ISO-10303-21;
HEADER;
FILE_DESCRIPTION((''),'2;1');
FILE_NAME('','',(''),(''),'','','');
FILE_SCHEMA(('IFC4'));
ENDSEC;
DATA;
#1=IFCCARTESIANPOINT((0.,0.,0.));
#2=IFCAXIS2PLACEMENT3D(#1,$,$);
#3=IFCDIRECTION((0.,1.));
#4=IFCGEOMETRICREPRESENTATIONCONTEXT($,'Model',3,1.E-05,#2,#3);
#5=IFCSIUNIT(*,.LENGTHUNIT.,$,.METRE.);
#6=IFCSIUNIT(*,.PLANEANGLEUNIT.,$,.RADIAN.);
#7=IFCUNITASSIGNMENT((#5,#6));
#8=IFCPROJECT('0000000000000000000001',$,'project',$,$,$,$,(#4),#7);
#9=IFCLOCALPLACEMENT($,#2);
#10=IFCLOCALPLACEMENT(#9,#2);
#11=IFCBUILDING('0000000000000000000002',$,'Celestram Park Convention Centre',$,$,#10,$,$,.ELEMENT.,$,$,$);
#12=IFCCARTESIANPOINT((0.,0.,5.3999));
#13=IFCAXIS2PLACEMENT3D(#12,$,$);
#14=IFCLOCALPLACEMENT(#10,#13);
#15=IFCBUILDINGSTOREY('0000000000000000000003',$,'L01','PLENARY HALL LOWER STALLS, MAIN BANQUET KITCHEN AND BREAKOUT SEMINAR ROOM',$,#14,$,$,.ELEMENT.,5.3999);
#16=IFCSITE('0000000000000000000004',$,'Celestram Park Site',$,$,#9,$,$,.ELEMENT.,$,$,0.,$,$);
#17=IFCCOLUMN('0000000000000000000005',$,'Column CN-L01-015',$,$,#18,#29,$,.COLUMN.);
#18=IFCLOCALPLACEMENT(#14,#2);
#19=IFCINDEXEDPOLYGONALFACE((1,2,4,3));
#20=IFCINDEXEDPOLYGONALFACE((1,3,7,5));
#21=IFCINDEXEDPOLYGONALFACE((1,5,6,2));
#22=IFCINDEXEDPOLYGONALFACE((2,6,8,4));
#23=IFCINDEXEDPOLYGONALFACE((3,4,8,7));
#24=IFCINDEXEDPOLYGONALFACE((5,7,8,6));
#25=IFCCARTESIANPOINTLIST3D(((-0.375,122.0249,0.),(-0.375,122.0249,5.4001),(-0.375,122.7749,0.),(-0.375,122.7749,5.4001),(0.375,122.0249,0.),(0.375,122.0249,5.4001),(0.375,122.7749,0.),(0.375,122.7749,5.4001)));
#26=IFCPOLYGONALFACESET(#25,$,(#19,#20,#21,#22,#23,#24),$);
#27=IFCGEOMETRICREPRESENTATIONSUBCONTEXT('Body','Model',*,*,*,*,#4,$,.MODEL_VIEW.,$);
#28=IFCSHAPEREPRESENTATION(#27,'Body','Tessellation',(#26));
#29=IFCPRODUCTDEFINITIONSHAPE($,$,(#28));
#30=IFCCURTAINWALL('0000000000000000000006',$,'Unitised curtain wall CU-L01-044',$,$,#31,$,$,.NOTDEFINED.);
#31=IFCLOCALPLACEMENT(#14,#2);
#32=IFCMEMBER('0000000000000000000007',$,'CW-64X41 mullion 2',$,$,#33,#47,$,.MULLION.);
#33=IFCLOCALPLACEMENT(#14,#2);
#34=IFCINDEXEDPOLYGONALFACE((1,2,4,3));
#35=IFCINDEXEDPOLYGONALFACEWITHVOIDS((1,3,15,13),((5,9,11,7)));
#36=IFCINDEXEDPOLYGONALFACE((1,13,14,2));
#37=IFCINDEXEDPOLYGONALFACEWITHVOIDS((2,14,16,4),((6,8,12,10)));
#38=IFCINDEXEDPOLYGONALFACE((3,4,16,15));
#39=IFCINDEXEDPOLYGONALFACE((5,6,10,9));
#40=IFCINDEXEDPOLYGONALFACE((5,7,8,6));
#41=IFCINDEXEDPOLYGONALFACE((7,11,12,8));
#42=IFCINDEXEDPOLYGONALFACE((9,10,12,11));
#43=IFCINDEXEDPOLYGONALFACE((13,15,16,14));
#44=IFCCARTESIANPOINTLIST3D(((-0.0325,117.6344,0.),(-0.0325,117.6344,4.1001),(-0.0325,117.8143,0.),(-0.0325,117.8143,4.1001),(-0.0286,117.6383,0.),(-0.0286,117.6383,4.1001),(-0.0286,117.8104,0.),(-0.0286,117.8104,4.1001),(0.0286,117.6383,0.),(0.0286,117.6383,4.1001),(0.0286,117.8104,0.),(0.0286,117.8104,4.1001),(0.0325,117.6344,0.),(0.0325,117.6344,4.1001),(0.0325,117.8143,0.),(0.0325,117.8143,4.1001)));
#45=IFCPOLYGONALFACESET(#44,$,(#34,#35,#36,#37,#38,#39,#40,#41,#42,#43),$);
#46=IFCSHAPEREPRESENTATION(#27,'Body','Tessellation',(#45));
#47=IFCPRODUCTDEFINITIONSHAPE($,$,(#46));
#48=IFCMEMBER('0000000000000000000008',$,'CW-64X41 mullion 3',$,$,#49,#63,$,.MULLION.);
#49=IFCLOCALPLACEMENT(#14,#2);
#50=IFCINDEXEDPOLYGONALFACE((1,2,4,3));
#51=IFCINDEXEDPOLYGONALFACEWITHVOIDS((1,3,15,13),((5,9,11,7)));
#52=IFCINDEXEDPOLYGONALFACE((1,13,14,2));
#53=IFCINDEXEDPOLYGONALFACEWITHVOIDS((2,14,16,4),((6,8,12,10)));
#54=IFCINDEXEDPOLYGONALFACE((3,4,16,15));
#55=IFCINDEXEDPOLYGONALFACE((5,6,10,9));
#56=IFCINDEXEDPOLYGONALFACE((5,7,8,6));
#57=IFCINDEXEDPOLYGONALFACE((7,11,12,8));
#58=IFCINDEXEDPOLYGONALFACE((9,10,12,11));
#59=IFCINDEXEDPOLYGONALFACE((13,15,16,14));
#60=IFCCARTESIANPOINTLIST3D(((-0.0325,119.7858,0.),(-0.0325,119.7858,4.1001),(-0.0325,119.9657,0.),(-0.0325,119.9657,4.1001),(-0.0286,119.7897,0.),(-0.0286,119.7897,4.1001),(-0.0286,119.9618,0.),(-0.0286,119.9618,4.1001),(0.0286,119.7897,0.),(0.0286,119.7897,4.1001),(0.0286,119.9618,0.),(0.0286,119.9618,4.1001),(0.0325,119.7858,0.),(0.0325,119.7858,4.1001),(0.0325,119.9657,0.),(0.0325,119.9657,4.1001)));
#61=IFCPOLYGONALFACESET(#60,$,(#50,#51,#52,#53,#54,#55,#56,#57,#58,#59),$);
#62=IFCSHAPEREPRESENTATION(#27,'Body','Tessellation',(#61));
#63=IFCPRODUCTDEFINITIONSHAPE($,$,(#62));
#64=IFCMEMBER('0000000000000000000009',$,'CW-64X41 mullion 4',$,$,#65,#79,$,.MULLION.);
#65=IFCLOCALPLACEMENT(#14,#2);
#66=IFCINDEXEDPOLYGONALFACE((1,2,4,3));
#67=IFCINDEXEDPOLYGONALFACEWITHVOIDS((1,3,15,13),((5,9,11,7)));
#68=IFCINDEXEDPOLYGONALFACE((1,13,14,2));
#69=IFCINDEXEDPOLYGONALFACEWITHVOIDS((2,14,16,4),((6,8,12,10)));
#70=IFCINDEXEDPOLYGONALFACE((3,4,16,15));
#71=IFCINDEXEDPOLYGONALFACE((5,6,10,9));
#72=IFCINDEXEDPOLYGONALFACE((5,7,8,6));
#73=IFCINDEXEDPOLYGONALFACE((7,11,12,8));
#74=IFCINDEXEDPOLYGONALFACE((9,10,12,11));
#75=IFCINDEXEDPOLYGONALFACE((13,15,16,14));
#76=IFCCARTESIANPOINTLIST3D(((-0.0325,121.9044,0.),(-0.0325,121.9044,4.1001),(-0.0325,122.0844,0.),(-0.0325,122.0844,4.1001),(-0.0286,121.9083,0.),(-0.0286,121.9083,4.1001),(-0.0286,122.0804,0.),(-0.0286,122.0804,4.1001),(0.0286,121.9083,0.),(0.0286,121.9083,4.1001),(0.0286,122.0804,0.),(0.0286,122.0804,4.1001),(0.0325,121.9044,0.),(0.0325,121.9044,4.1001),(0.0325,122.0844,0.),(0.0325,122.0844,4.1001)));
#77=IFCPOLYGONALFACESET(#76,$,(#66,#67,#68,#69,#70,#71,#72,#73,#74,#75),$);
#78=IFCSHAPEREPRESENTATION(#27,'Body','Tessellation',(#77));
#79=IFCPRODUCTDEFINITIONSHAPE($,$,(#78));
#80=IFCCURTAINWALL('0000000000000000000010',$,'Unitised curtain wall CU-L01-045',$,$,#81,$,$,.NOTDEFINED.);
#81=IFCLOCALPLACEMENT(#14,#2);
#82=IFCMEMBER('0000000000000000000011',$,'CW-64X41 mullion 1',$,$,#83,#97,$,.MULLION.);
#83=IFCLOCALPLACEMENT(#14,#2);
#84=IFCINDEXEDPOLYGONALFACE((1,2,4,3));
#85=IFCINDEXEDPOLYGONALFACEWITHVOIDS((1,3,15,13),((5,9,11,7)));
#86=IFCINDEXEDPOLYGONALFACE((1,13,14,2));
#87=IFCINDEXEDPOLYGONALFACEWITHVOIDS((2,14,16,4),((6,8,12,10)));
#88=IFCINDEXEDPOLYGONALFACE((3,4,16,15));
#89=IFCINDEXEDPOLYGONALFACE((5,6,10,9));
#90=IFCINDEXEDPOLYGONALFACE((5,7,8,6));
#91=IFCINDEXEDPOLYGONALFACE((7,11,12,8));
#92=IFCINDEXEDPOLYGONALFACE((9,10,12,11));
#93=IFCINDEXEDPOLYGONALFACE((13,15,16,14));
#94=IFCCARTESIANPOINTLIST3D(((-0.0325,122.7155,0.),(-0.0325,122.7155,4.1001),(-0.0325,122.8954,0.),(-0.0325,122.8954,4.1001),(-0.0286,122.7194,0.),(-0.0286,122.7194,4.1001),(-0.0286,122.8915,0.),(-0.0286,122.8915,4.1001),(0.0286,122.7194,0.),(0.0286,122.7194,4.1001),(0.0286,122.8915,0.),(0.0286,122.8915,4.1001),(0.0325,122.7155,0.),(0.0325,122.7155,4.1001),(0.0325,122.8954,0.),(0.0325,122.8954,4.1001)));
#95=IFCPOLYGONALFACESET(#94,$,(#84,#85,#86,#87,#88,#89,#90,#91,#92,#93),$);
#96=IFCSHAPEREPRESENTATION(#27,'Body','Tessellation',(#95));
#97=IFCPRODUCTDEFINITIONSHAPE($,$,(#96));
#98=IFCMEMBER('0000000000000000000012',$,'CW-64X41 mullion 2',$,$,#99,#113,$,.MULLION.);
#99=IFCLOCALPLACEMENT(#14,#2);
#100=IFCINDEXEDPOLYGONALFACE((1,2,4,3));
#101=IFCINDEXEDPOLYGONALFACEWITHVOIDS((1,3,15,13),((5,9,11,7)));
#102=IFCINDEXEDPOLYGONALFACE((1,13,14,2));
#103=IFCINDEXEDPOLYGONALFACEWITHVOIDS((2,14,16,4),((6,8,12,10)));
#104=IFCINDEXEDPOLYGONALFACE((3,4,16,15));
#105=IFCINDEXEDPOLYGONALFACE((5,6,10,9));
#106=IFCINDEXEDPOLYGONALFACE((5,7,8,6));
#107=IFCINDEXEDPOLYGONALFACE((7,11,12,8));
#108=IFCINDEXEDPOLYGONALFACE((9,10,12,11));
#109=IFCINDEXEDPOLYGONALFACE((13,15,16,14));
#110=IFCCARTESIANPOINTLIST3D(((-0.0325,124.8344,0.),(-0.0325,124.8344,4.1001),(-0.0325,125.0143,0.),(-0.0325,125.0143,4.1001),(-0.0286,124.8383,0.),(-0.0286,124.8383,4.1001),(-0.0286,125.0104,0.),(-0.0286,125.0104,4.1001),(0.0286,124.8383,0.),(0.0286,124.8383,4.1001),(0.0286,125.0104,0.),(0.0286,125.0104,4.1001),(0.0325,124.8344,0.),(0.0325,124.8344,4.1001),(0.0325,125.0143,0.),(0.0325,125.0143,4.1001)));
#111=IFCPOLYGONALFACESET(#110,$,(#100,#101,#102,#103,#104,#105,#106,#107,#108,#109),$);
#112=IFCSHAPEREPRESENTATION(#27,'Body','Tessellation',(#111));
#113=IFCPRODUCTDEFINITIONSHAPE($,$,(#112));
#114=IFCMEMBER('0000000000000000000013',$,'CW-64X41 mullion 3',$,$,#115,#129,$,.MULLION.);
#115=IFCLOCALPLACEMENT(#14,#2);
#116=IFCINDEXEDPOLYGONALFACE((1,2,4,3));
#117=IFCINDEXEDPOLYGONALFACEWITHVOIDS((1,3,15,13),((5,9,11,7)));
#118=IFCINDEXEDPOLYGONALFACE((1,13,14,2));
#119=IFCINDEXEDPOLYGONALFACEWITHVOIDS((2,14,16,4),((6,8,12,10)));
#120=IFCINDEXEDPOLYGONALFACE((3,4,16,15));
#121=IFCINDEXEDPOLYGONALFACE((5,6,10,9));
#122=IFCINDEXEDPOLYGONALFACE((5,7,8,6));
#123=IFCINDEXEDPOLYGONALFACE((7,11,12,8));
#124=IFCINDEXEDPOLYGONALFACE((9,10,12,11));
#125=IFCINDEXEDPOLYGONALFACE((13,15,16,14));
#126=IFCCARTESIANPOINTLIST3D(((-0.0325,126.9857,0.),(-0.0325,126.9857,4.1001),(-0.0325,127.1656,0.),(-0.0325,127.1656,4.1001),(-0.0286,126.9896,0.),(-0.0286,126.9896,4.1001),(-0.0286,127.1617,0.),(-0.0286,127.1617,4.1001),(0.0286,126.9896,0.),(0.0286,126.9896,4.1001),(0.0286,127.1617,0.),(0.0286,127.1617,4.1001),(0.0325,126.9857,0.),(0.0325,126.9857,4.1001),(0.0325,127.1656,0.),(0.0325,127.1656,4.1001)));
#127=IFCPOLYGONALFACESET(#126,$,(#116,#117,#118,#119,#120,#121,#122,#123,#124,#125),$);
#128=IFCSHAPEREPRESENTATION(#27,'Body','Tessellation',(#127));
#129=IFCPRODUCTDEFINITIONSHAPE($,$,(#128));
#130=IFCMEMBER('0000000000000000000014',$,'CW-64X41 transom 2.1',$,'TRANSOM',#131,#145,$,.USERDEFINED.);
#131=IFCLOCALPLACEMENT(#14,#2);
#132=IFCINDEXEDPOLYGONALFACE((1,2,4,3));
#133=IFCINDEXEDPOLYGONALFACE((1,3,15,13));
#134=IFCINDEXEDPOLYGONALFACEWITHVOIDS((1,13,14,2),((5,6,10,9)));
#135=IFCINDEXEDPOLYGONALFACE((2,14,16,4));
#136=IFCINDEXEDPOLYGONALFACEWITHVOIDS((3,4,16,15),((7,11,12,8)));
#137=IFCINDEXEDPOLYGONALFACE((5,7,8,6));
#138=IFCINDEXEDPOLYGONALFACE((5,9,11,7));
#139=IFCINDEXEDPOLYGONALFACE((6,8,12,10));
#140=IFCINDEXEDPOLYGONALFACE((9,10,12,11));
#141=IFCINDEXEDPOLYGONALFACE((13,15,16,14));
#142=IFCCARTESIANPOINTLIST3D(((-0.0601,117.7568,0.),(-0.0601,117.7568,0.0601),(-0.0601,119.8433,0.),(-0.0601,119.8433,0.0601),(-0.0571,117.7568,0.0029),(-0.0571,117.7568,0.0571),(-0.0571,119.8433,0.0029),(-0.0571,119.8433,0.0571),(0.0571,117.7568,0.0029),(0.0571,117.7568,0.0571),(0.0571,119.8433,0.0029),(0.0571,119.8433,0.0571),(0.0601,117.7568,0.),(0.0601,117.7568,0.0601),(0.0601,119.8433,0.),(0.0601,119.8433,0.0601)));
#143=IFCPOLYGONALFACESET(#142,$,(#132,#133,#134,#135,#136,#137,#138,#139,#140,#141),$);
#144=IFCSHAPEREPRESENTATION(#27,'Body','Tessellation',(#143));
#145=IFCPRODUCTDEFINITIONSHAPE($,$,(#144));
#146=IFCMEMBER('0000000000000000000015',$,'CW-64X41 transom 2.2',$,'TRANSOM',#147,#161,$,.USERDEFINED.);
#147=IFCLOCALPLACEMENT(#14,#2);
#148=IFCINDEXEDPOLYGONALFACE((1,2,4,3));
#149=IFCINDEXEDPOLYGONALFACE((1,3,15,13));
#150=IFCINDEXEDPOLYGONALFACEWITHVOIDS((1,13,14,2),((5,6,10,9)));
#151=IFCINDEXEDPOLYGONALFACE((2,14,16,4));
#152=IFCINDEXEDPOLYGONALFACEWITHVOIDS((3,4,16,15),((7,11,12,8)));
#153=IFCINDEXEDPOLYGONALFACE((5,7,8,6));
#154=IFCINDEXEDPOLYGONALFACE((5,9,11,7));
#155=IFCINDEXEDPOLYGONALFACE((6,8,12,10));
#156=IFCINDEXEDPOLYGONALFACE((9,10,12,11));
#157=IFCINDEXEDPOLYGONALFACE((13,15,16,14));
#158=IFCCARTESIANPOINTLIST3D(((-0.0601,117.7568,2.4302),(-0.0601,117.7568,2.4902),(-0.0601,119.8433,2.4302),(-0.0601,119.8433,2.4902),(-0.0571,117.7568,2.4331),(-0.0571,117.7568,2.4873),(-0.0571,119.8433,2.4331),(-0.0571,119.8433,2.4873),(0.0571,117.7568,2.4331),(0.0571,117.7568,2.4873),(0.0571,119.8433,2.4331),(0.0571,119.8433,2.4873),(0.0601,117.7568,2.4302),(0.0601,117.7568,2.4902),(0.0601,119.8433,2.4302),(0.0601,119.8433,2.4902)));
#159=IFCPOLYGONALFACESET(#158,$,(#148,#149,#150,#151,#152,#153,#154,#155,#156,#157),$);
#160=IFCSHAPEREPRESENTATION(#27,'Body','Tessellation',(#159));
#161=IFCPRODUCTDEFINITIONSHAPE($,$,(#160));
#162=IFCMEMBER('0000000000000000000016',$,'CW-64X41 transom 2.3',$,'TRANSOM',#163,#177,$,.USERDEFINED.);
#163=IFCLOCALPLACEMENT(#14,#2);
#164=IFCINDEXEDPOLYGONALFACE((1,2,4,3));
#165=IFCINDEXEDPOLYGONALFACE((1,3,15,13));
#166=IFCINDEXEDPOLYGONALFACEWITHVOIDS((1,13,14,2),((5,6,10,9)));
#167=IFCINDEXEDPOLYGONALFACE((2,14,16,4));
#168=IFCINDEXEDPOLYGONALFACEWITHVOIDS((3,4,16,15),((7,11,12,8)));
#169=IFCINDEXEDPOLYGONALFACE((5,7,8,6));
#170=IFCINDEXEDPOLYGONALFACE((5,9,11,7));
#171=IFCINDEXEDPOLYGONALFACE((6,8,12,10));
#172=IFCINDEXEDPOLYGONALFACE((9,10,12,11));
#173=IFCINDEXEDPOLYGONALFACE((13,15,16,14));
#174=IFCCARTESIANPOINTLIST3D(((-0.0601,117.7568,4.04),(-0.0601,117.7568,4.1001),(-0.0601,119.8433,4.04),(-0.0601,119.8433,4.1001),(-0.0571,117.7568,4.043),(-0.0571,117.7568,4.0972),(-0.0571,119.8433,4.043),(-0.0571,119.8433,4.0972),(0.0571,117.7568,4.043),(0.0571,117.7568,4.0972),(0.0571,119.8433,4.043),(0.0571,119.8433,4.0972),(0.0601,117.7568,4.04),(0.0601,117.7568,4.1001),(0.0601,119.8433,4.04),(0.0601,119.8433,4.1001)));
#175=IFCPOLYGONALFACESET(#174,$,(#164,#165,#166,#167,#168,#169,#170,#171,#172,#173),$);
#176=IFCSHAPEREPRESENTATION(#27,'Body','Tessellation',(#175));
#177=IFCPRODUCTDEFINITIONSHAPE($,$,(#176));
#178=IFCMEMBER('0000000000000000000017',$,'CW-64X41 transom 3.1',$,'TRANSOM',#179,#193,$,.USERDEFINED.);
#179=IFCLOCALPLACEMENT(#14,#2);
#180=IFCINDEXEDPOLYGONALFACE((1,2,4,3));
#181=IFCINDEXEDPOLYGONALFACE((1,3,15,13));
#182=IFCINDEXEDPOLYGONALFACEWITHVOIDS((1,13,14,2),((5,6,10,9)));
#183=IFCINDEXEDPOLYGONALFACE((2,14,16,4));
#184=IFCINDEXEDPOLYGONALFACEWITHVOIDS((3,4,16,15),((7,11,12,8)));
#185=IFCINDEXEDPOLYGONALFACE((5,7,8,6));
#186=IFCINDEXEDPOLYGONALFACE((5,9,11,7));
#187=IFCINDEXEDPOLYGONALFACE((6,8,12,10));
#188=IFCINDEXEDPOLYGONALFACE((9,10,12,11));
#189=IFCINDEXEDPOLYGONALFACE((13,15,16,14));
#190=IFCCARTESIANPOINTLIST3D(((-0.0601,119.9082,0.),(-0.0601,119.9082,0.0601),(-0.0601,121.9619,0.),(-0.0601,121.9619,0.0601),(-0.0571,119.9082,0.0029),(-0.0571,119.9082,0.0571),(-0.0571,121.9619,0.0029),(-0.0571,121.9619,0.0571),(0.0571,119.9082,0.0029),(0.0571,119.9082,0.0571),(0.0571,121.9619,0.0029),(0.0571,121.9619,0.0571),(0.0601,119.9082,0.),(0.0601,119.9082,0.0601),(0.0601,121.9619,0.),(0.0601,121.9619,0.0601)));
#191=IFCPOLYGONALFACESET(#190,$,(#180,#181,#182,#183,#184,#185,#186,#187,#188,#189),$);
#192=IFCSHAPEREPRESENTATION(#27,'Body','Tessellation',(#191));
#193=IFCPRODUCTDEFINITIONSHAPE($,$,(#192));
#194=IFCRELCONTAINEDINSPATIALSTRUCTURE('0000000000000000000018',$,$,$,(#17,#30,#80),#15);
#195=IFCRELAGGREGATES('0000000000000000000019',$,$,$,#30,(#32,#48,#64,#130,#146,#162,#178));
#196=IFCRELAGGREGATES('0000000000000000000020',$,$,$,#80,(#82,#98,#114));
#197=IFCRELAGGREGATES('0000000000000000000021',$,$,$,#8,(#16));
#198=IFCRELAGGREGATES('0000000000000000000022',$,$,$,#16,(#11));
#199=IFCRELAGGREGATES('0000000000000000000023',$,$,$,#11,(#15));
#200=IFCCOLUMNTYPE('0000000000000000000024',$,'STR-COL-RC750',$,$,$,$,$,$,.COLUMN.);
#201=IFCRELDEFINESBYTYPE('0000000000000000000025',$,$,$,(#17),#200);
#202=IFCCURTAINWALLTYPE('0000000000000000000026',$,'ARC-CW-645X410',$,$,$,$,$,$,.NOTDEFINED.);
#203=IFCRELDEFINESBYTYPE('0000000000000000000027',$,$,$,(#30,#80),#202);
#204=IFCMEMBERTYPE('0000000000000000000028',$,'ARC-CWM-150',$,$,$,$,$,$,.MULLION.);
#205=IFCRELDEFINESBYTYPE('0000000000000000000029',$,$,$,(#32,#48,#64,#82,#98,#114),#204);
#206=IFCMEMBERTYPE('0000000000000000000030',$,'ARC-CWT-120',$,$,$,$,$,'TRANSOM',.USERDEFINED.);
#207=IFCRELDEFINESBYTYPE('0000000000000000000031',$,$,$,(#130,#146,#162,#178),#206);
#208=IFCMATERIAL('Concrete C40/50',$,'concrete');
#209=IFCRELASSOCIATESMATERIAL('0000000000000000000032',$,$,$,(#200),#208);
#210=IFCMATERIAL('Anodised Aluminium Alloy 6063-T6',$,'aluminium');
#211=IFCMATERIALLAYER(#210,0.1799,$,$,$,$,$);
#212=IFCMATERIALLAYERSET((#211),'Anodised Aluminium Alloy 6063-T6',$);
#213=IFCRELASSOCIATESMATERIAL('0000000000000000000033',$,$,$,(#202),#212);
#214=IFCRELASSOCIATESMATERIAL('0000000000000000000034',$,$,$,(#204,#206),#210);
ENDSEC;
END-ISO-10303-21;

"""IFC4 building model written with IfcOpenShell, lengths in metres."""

from ifc_helpers import new_model, si_unit, direction, frame, origin, origin_2d, place, context, subcontext, project, spatial, rectangle, hollow_rectangle, extrude, material, layer, layer_set, material_profile, profile_set, type_object, element, aggregate, save


model = new_model("IFC4")

# Units and contexts
model_context = context("Model", 3, precision=1e-05, world=origin(), true_north=direction((0.0, 1.0)))
body_context = subcontext(model_context, "Body", "Model", "MODEL_VIEW")
ifc_project = project(units=[si_unit("LENGTHUNIT", "METRE"), si_unit("PLANEANGLEUNIT", "RADIAN")], contexts=[model_context])

# Site, building, storey
site_placement = place(None, origin())
site = spatial("IfcSite", under=ifc_project, at=site_placement, Name="Celestram Park Site", CompositionType="ELEMENT", RefElevation=0.0)
building_placement = place(site_placement, origin())
building = spatial("IfcBuilding", under=site, at=building_placement, Name="Celestram Park Convention Centre", CompositionType="ELEMENT")
storey_placement = place(building_placement, frame((0.0, 0.0, 5.3999)))
storey = spatial("IfcBuildingStorey", under=building, at=storey_placement, Name="L01", Description="PLENARY HALL LOWER STALLS, MAIN BANQUET KITCHEN AND BREAKOUT SEMINAR ROOM", CompositionType="ELEMENT", Elevation=5.3999)

# Column
ifc_material_1 = material(Name="Concrete C40/50", Category="concrete")
ifc_material_profile_1 = material_profile(ifc_material_1, rectangle(XDim=0.75, YDim=0.75, at=origin_2d()), Name="RC750X750")
ifc_profile_set_1 = profile_set([ifc_material_profile_1], Name="Concrete C40/50")
column_type = type_object("IfcColumnType", Name="STR-COL-RC750", PredefinedType="COLUMN", material=ifc_profile_set_1)
column_placement = place(storey_placement, frame((0.0, 122.3999, 0.0), z_axis=(0.0, 0.0, 1.0), x_axis=(1.0, 0.0, 0.0)))
element("IfcColumn", 1, at=column_placement, inside=storey, type_object=column_type, Name="Column CN-L01-015", PredefinedType="COLUMN", context=body_context, shape_type="SweptSolid", body=[
    extrude(rectangle(XDim=0.75, YDim=0.75, at=origin_2d()), origin(), (0.0, 0.0, 1.0), 5.4001),
])

# Curtain walls, members
ifc_material_2 = material(Name="Anodised Aluminium Alloy 6063-T6", Category="aluminium")
ifc_layer_1 = layer(ifc_material_2, 0.1799)
ifc_layer_set_1 = layer_set([ifc_layer_1], Name="Anodised Aluminium Alloy 6063-T6")
curtain_wall_type = type_object("IfcCurtainWallType", Name="ARC-CW-645X410", PredefinedType="NOTDEFINED", material=ifc_layer_set_1)
curtain_wall_1_placement = place(storey_placement, origin())
curtain_wall_1 = element("IfcCurtainWall", 2, at=curtain_wall_1_placement, inside=storey, type_object=curtain_wall_type, Name="Unitised curtain wall CU-L01-044", PredefinedType="NOTDEFINED")
ifc_material_profile_2 = material_profile(ifc_material_2, hollow_rectangle(XDim=0.0649, YDim=0.1799, WallThickness=0.0039, at=origin_2d()), Name="ALU65X180X4")
ifc_profile_set_2 = profile_set([ifc_material_profile_2], Name="Anodised Aluminium Alloy 6063-T6")
member_type_1 = type_object("IfcMemberType", Name="ARC-CWM-150", PredefinedType="MULLION", material=ifc_profile_set_2)
member_1_placement = place(storey_placement, frame((0.0, 117.7244, 0.0), z_axis=(0.0, 0.0, 1.0), x_axis=(-1.0, 0.0, 0.0)))
member_1 = element("IfcMember", 3, at=member_1_placement, type_object=member_type_1, Name="CW-64X41 mullion 2", PredefinedType="MULLION", context=body_context, shape_type="SweptSolid", body=[
    extrude(hollow_rectangle(XDim=0.0649, YDim=0.1799, WallThickness=0.0039, at=origin_2d()), origin(), (0.0, 0.0, 1.0), 4.1001),
])
member_2_placement = place(storey_placement, frame((0.0, 119.8757, 0.0), z_axis=(0.0, 0.0, 1.0), x_axis=(-1.0, 0.0, 0.0)))
member_2 = element("IfcMember", 4, at=member_2_placement, type_object=member_type_1, Name="CW-64X41 mullion 3", PredefinedType="MULLION", context=body_context, shape_type="SweptSolid", body=[
    extrude(hollow_rectangle(XDim=0.0649, YDim=0.1799, WallThickness=0.0039, at=origin_2d()), origin(), (0.0, 0.0, 1.0), 4.1001),
])
member_3_placement = place(storey_placement, frame((0.0, 121.9944, 0.0), z_axis=(0.0, 0.0, 1.0), x_axis=(-1.0, 0.0, 0.0)))
member_3 = element("IfcMember", 5, at=member_3_placement, type_object=member_type_1, Name="CW-64X41 mullion 4", PredefinedType="MULLION", context=body_context, shape_type="SweptSolid", body=[
    extrude(hollow_rectangle(XDim=0.0649, YDim=0.1799, WallThickness=0.0039, at=origin_2d()), origin(), (0.0, 0.0, 1.0), 4.1001),
])
curtain_wall_2_placement = place(storey_placement, origin())
curtain_wall_2 = element("IfcCurtainWall", 6, at=curtain_wall_2_placement, inside=storey, type_object=curtain_wall_type, Name="Unitised curtain wall CU-L01-045", PredefinedType="NOTDEFINED")
member_4_placement = place(storey_placement, frame((0.0, 122.8054, 0.0), z_axis=(0.0, 0.0, 1.0), x_axis=(-1.0, 0.0, 0.0)))
member_4 = element("IfcMember", 7, at=member_4_placement, type_object=member_type_1, Name="CW-64X41 mullion 1", PredefinedType="MULLION", context=body_context, shape_type="SweptSolid", body=[
    extrude(hollow_rectangle(XDim=0.0649, YDim=0.1799, WallThickness=0.0039, at=origin_2d()), origin(), (0.0, 0.0, 1.0), 4.1001),
])
member_5_placement = place(storey_placement, frame((0.0, 124.9243, 0.0), z_axis=(0.0, 0.0, 1.0), x_axis=(-1.0, 0.0, 0.0)))
member_5 = element("IfcMember", 8, at=member_5_placement, type_object=member_type_1, Name="CW-64X41 mullion 2", PredefinedType="MULLION", context=body_context, shape_type="SweptSolid", body=[
    extrude(hollow_rectangle(XDim=0.0649, YDim=0.1799, WallThickness=0.0039, at=origin_2d()), origin(), (0.0, 0.0, 1.0), 4.1001),
])
member_6_placement = place(storey_placement, frame((0.0, 127.0757, 0.0), z_axis=(0.0, 0.0, 1.0), x_axis=(-1.0, 0.0, 0.0)))
member_6 = element("IfcMember", 9, at=member_6_placement, type_object=member_type_1, Name="CW-64X41 mullion 3", PredefinedType="MULLION", context=body_context, shape_type="SweptSolid", body=[
    extrude(hollow_rectangle(XDim=0.0649, YDim=0.1799, WallThickness=0.0039, at=origin_2d()), origin(), (0.0, 0.0, 1.0), 4.1001),
])

# Members
ifc_material_profile_3 = material_profile(ifc_material_2, hollow_rectangle(XDim=0.1201, YDim=0.0601, WallThickness=0.0029, at=origin_2d()), Name="ALU120X60X3")
ifc_profile_set_3 = profile_set([ifc_material_profile_3], Name="Anodised Aluminium Alloy 6063-T6")
member_type_2 = type_object("IfcMemberType", Name="ARC-CWT-120", ElementType="TRANSOM", PredefinedType="USERDEFINED", material=ifc_profile_set_3)
member_7_placement = place(storey_placement, frame((0.0, 117.7568, 0.03), z_axis=(0.0, 1.0, 0.0), x_axis=(-1.0, 0.0, 0.0)))
member_7 = element("IfcMember", 10, at=member_7_placement, type_object=member_type_2, Name="CW-64X41 transom 2.1", ObjectType="TRANSOM", PredefinedType="USERDEFINED", context=body_context, shape_type="SweptSolid", body=[
    extrude(hollow_rectangle(XDim=0.1201, YDim=0.0601, WallThickness=0.0029, at=origin_2d()), origin(), (0.0, 0.0, 1.0), 2.0864),
])
member_8_placement = place(storey_placement, frame((0.0, 117.7568, 2.4602), z_axis=(0.0, 1.0, 0.0), x_axis=(-1.0, 0.0, 0.0)))
member_8 = element("IfcMember", 11, at=member_8_placement, type_object=member_type_2, Name="CW-64X41 transom 2.2", ObjectType="TRANSOM", PredefinedType="USERDEFINED", context=body_context, shape_type="SweptSolid", body=[
    extrude(hollow_rectangle(XDim=0.1201, YDim=0.0601, WallThickness=0.0029, at=origin_2d()), origin(), (0.0, 0.0, 1.0), 2.0864),
])
member_9_placement = place(storey_placement, frame((0.0, 117.7568, 4.0701), z_axis=(0.0, 1.0, 0.0), x_axis=(-1.0, 0.0, 0.0)))
member_9 = element("IfcMember", 12, at=member_9_placement, type_object=member_type_2, Name="CW-64X41 transom 2.3", ObjectType="TRANSOM", PredefinedType="USERDEFINED", context=body_context, shape_type="SweptSolid", body=[
    extrude(hollow_rectangle(XDim=0.1201, YDim=0.0601, WallThickness=0.0029, at=origin_2d()), origin(), (0.0, 0.0, 1.0), 2.0864),
])
member_10_placement = place(storey_placement, frame((0.0, 119.9082, 0.03), z_axis=(0.0, 1.0, 0.0), x_axis=(-1.0, 0.0, 0.0)))
member_10 = element("IfcMember", 13, at=member_10_placement, type_object=member_type_2, Name="CW-64X41 transom 3.1", ObjectType="TRANSOM", PredefinedType="USERDEFINED", context=body_context, shape_type="SweptSolid", body=[
    extrude(hollow_rectangle(XDim=0.1201, YDim=0.0601, WallThickness=0.0029, at=origin_2d()), origin(), (0.0, 0.0, 1.0), 2.0537),
])

aggregate(curtain_wall_1, [member_1, member_2, member_3, member_7, member_8, member_9, member_10])
aggregate(curtain_wall_2, [member_4, member_5, member_6])

save(model, "model.ifc")
